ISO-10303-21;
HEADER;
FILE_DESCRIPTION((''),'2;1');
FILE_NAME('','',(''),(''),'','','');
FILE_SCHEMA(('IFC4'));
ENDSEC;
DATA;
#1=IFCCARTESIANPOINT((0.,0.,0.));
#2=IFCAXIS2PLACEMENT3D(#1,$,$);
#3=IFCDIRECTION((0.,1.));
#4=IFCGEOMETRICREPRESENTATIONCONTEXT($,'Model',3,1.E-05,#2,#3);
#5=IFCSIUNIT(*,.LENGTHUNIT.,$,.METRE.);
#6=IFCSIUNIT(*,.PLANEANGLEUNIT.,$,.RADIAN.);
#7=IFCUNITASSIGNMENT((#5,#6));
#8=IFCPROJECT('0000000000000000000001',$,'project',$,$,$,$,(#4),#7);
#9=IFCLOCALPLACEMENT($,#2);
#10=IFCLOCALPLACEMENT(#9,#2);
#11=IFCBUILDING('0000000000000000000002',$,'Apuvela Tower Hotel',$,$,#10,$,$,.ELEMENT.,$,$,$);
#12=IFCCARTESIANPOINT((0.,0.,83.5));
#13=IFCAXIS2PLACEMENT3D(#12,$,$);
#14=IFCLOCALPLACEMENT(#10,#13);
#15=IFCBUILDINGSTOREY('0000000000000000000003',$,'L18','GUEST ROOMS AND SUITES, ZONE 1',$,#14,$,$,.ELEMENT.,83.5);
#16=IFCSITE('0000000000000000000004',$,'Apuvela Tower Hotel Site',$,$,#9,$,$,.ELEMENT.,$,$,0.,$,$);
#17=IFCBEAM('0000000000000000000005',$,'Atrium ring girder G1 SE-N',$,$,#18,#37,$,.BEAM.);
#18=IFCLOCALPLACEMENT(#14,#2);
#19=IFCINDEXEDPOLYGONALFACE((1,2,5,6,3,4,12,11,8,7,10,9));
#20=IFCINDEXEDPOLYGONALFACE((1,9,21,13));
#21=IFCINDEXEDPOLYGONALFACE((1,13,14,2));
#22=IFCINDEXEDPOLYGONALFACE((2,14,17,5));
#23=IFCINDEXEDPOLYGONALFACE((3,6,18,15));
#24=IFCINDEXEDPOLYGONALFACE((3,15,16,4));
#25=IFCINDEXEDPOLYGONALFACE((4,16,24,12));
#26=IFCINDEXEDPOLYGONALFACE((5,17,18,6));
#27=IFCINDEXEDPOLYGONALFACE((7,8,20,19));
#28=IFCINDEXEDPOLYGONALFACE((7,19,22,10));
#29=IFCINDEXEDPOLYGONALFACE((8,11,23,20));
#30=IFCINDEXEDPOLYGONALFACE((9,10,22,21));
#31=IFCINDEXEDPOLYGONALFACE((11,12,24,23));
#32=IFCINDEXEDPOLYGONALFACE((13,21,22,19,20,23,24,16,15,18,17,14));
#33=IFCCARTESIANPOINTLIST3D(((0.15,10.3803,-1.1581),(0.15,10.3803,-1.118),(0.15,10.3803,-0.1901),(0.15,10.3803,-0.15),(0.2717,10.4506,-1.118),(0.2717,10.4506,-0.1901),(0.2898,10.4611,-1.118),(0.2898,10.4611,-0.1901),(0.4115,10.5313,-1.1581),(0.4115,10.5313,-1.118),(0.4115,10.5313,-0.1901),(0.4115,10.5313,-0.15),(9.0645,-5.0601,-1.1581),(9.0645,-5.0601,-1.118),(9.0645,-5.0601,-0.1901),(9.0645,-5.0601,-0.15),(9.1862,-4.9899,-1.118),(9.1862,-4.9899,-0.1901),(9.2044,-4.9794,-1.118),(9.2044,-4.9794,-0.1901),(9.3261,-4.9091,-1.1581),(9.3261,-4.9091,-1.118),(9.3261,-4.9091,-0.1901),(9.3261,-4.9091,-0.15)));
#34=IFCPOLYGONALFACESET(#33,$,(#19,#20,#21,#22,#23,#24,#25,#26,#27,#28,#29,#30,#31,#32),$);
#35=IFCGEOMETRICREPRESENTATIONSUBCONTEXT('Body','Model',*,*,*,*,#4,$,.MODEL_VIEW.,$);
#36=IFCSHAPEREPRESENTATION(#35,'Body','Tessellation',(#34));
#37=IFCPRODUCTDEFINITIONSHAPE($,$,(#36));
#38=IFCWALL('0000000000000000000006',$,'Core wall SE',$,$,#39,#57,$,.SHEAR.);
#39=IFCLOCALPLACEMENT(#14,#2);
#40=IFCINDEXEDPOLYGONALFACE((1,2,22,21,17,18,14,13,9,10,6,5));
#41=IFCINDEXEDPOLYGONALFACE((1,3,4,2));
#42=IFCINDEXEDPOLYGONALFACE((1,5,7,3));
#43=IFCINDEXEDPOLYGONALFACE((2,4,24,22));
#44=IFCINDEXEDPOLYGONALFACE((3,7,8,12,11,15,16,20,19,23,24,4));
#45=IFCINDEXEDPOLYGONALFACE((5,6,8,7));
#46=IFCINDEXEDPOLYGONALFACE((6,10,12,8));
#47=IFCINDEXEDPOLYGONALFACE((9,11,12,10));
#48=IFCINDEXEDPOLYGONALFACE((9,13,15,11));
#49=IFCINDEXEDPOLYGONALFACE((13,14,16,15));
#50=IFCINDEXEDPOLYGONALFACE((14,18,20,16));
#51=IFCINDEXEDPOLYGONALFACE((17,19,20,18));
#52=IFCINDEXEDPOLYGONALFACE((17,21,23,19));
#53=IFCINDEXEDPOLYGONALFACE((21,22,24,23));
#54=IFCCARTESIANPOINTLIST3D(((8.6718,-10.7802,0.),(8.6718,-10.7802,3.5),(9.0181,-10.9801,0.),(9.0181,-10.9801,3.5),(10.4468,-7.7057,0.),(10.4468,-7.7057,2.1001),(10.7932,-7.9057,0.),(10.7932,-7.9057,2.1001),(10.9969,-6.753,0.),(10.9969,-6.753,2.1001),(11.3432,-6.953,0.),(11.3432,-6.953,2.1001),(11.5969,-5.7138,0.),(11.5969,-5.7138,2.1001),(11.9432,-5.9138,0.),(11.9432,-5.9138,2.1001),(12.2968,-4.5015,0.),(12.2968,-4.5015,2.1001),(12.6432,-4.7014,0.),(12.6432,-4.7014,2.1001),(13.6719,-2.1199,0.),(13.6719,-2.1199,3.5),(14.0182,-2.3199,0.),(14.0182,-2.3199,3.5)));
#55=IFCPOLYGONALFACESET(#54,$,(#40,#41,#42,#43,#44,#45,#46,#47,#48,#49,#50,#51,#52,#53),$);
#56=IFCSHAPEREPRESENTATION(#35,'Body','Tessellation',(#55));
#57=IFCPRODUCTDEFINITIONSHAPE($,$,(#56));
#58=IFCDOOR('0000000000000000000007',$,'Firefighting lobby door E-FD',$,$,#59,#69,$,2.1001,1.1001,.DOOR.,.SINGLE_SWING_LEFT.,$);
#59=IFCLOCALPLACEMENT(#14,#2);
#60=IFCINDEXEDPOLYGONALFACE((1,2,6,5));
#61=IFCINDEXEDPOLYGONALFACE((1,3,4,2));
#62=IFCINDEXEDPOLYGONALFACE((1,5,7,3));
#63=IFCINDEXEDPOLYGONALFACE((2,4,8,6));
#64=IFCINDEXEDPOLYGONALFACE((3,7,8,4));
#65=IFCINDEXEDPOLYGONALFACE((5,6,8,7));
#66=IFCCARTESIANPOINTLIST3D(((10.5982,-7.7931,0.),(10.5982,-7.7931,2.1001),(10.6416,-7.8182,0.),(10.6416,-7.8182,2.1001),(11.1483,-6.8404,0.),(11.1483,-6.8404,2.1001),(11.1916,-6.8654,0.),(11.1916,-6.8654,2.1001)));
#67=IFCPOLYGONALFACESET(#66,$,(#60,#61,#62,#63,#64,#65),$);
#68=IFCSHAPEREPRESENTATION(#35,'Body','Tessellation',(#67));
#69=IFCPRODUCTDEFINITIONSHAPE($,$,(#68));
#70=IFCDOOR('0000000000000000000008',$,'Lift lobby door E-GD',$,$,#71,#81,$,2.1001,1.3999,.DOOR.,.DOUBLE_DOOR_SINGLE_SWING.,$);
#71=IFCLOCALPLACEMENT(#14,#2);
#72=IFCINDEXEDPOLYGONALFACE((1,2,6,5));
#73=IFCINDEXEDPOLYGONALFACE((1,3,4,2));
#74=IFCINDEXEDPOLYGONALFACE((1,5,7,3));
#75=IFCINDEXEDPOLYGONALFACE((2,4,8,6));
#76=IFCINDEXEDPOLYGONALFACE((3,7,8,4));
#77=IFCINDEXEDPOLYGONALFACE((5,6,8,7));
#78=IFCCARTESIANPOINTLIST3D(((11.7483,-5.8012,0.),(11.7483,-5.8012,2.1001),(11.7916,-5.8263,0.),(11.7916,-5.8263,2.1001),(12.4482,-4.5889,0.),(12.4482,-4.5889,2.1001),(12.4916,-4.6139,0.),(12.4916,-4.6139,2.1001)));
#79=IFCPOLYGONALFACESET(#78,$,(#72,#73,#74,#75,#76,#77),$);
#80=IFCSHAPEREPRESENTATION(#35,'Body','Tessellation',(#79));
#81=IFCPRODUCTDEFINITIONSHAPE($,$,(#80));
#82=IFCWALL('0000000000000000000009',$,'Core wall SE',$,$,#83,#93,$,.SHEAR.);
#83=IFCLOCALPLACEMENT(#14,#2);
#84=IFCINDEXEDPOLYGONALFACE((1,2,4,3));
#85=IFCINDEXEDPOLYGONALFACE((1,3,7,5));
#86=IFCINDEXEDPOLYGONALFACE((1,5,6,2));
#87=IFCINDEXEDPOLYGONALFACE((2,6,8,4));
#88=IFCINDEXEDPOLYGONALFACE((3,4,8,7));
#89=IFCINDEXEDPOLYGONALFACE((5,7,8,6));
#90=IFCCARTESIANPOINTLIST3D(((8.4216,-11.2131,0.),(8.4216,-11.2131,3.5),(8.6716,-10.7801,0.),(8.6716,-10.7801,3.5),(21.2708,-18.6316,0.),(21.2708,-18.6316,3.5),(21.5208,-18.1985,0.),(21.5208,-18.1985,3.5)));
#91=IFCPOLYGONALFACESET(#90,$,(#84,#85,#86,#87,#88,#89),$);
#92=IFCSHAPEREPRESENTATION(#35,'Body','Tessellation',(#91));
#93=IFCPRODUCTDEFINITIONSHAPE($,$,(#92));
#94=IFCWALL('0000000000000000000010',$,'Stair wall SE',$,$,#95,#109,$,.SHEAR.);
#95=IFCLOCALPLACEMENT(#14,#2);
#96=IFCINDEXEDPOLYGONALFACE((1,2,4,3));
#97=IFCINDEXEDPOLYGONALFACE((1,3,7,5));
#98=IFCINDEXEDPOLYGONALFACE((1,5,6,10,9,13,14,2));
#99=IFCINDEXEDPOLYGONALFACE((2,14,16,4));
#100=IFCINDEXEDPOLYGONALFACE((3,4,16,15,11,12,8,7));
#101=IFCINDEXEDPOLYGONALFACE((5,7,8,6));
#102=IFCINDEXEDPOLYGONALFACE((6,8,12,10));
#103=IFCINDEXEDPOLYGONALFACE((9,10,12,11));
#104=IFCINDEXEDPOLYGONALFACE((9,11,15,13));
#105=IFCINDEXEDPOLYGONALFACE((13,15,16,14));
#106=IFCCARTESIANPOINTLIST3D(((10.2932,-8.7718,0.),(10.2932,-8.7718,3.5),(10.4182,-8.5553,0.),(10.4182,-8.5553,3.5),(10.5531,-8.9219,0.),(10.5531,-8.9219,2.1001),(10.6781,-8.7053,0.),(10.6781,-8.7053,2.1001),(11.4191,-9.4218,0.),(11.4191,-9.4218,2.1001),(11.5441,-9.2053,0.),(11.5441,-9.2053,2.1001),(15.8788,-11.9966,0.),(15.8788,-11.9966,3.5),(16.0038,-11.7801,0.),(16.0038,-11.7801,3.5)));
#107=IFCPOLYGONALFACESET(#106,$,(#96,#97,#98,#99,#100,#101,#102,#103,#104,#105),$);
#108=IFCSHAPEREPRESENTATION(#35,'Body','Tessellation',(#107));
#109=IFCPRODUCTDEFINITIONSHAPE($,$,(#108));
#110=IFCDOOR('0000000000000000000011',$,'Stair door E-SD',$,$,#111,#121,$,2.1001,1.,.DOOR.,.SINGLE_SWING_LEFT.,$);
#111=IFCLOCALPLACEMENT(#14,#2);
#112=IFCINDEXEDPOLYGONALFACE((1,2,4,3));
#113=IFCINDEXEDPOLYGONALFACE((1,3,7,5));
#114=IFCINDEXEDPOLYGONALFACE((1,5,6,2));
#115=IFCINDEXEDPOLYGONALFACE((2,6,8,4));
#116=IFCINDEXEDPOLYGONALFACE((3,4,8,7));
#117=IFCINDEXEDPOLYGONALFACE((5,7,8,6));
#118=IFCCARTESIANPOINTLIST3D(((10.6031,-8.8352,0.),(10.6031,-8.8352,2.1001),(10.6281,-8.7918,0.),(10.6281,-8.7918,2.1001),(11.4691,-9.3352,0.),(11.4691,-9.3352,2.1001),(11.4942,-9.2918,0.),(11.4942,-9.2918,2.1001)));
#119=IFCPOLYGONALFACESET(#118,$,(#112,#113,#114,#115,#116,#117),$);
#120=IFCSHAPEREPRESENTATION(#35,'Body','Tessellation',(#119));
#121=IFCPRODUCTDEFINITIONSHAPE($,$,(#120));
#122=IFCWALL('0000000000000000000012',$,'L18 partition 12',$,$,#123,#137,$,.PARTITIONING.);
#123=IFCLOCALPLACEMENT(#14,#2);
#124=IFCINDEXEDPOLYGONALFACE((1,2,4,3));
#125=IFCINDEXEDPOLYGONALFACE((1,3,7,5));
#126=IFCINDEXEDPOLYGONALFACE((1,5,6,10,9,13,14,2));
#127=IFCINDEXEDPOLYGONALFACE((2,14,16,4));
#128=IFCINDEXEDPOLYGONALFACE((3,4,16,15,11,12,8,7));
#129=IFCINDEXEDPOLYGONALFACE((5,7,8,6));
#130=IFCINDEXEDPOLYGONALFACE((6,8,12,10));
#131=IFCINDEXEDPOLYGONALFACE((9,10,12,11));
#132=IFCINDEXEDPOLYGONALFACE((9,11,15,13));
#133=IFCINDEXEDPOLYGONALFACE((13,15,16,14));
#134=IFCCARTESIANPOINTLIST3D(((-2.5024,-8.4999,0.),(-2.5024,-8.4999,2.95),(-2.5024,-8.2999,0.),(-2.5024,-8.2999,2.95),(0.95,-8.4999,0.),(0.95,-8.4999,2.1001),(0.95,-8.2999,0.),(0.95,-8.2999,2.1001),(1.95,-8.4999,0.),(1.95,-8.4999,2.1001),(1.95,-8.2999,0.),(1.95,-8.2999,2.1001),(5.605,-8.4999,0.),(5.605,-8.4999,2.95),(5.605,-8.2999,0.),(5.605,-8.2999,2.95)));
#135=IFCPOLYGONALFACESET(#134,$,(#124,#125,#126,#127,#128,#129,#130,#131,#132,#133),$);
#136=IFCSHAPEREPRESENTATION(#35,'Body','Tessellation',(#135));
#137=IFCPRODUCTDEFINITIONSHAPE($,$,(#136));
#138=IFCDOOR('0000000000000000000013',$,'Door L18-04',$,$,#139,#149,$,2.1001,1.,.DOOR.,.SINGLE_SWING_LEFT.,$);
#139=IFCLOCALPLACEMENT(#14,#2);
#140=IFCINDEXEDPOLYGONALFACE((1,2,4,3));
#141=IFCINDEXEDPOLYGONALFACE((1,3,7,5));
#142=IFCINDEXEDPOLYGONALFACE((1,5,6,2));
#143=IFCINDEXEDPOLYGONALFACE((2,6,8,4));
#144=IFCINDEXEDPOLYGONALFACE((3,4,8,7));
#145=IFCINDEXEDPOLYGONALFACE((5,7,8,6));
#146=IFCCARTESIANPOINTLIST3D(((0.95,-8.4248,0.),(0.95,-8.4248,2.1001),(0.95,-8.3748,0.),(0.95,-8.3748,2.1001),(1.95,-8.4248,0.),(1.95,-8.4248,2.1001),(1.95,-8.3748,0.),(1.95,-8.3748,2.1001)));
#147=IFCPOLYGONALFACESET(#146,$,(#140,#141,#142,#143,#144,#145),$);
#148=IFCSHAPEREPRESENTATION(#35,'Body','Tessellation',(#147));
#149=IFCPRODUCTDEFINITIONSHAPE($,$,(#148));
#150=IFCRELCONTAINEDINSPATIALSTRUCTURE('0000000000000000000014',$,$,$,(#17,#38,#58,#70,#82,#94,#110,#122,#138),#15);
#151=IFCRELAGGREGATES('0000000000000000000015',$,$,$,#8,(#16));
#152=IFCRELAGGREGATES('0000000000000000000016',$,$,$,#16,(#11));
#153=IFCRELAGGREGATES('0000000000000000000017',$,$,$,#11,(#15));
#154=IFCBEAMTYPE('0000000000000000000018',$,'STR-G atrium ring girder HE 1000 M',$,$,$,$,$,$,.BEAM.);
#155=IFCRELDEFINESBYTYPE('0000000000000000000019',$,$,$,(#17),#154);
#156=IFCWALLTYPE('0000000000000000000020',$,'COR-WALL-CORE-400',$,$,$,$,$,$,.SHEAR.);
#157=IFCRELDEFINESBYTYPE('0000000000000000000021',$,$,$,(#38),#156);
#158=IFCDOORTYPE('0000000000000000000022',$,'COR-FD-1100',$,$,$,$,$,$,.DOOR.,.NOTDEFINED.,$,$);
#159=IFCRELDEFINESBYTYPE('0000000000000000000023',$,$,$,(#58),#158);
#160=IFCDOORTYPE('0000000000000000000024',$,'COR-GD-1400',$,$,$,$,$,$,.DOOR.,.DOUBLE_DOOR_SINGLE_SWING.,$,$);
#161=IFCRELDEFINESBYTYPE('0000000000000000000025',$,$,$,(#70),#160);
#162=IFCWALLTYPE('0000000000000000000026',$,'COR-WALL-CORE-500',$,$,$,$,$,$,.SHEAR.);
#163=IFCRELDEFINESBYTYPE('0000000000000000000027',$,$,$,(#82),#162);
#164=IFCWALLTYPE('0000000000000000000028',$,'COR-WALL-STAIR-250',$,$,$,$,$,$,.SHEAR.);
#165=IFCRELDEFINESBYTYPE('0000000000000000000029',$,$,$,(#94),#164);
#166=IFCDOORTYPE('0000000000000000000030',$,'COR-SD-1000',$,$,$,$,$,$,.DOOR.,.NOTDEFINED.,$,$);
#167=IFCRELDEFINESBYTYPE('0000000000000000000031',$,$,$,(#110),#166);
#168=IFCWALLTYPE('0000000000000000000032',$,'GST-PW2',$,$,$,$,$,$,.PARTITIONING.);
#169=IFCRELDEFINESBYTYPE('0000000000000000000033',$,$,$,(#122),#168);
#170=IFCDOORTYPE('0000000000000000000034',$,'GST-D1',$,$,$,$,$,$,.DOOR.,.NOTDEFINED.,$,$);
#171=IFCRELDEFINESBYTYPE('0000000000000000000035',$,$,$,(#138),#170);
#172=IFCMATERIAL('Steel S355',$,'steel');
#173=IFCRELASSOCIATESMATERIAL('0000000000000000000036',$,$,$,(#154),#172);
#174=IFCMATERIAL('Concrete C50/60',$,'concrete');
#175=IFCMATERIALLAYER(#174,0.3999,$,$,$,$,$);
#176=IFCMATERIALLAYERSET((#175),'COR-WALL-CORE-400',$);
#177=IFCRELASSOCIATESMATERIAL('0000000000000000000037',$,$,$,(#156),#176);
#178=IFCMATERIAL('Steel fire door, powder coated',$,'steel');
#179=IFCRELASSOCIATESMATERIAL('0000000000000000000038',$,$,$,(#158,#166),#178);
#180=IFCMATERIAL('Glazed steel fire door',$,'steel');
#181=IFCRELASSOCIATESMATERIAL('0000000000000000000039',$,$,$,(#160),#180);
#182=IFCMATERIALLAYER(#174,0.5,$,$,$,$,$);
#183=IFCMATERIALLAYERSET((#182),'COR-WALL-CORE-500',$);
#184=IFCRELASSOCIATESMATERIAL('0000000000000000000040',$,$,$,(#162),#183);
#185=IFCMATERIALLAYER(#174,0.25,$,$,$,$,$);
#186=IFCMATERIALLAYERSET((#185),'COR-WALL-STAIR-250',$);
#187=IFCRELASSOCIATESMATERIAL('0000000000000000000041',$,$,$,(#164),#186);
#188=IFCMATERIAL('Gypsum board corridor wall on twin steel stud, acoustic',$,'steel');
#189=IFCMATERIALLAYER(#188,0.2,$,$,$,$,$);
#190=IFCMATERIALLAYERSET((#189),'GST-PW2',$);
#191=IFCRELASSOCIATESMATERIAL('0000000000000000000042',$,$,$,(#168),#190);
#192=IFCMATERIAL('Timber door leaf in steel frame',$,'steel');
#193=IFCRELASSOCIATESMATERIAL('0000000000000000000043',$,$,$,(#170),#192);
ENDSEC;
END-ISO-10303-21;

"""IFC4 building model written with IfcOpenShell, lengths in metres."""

from ifc_helpers import new_model, si_unit, direction, frame, frame_2d, origin, origin_2d, place, context, subcontext, project, spatial, rectangle, i_section, extrude, material, layer, layer_set, material_profile, profile_set, type_object, element, fill, save


model = new_model("IFC4")

# Units and contexts
model_context = context("Model", 3, precision=1e-05, world=origin(), true_north=direction((0.0, 1.0)))
body_context = subcontext(model_context, "Body", "Model", "MODEL_VIEW")
ifc_project = project(units=[si_unit("LENGTHUNIT", "METRE"), si_unit("PLANEANGLEUNIT", "RADIAN")], contexts=[model_context])

# Site, building, storey
site_placement = place(None, origin())
site = spatial("IfcSite", under=ifc_project, at=site_placement, Name="Apuvela Tower Hotel Site", CompositionType="ELEMENT", RefElevation=0.0)
building_placement = place(site_placement, origin())
building = spatial("IfcBuilding", under=site, at=building_placement, Name="Apuvela Tower Hotel", CompositionType="ELEMENT")
storey_placement = place(building_placement, frame((0.0, 0.0, 83.5)))
storey = spatial("IfcBuildingStorey", under=building, at=storey_placement, Name="L18", Description="GUEST ROOMS AND SUITES, ZONE 1", CompositionType="ELEMENT", Elevation=83.5)

# Beam
ifc_material_1 = material(Name="Steel S355", Category="steel")
ifc_material_profile = material_profile(ifc_material_1, i_section(OverallWidth=0.302, OverallDepth=1.0081, WebThickness=0.021, FlangeThickness=0.04, at=origin_2d()), Name="HE 1000 M")
ifc_profile_set = profile_set([ifc_material_profile], Name="Steel S355")
beam_type = type_object("IfcBeamType", Name="STR-G atrium ring girder HE 1000 M", PredefinedType="BEAM", material=ifc_profile_set)
beam_placement = place(storey_placement, frame((9.1953, -4.9846, -0.6541), z_axis=(-0.500001, 0.866025, 0.0), x_axis=(-0.866025, -0.500001, 0.0)))
element("IfcBeam", 1, at=beam_placement, inside=storey, type_object=beam_type, Name="Atrium ring girder G1 SE-N", PredefinedType="BEAM", context=body_context, shape_type="SweptSolid", body=[
    extrude(i_section(OverallWidth=0.302, OverallDepth=1.0081, WebThickness=0.021, FlangeThickness=0.04, at=origin_2d()), origin(), (0.0, 0.0, 1.0), 17.8291),
])

# Wall, openings, doors
ifc_material_2 = material(Name="Concrete C50/60", Category="concrete")
ifc_layer_1 = layer(ifc_material_2, 0.3999)
ifc_layer_set_1 = layer_set([ifc_layer_1], Name="COR-WALL-CORE-400")
wall_type_1 = type_object("IfcWallType", Name="COR-WALL-CORE-400", PredefinedType="SHEAR", material=ifc_layer_set_1)
wall_1_placement = place(storey_placement, frame((8.845, -10.8801, 0.0), z_axis=(0.0, 0.0, 1.0), x_axis=(0.500004, 0.866023, 0.0)))
wall_1 = element("IfcWall", 2, at=wall_1_placement, inside=storey, type_object=wall_type_1, Name="Core wall SE", PredefinedType="SHEAR", context=body_context, shape_type="SweptSolid", body=[
    extrude(rectangle(XDim=10.0, YDim=0.3999, at=frame_2d((5.0, 0.0))), origin(), (0.0, 0.0, 1.0), 3.5),
])
opening_1_placement = place(wall_1_placement, frame((3.55, 0.0, 0.0)))
opening_1 = element("IfcOpeningElement", 3, at=opening_1_placement, cuts=wall_1, PredefinedType="OPENING", context=body_context, shape_type="SweptSolid", body=[
    extrude(rectangle(XDim=1.1001, YDim=2.1001, at=frame_2d((0.55, 1.05))), frame((0.0, 0.21, 0.0), z_axis=(0.0, -1.0, 0.0), x_axis=(1.0, 0.0, 0.0)), (0.0, 0.0, 1.0), 0.4199),
])
opening_2_placement = place(wall_1_placement, frame((5.8501, 0.0, 0.0)))
opening_2 = element("IfcOpeningElement", 4, at=opening_2_placement, cuts=wall_1, PredefinedType="OPENING", context=body_context, shape_type="SweptSolid", body=[
    extrude(rectangle(XDim=1.3999, YDim=2.1001, at=frame_2d((0.7, 1.05))), frame((0.0, 0.21, 0.0), z_axis=(0.0, -1.0, 0.0), x_axis=(1.0, 0.0, 0.0)), (0.0, 0.0, 1.0), 0.4199),
])
ifc_material_3 = material(Name="Steel fire door, powder coated", Category="steel")
door_type_1 = type_object("IfcDoorType", Name="COR-FD-1100", OperationType="NOTDEFINED", PredefinedType="DOOR", material=ifc_material_3)
door_1_placement = place(opening_1_placement, frame((1.1001, 0.0, 0.0), z_axis=(0.0, 0.0, 1.0), x_axis=(-1.0, 0.0, 0.0)))
door_1 = element("IfcDoor", 5, at=door_1_placement, inside=storey, type_object=door_type_1, Name="Firefighting lobby door E-FD", OperationType="SINGLE_SWING_LEFT", OverallHeight=2.1001, OverallWidth=1.1001, PredefinedType="DOOR", context=body_context, shape_type="SweptSolid", body=[
    extrude(rectangle(XDim=1.1001, YDim=2.1001, at=frame_2d((0.55, 1.05))), frame((0.0, 0.0249, 0.0), z_axis=(0.0, -1.0, 0.0), x_axis=(1.0, 0.0, 0.0)), (0.0, 0.0, 1.0), 0.05),
])
fill(opening_1, door_1)
ifc_material_4 = material(Name="Glazed steel fire door", Category="steel")
door_type_2 = type_object("IfcDoorType", Name="COR-GD-1400", OperationType="DOUBLE_DOOR_SINGLE_SWING", PredefinedType="DOOR", material=ifc_material_4)
door_2_placement = place(opening_2_placement, frame((1.3999, 0.0, 0.0), z_axis=(0.0, 0.0, 1.0), x_axis=(-1.0, 0.0, 0.0)))
door_2 = element("IfcDoor", 6, at=door_2_placement, inside=storey, type_object=door_type_2, Name="Lift lobby door E-GD", OperationType="DOUBLE_DOOR_SINGLE_SWING", OverallHeight=2.1001, OverallWidth=1.3999, PredefinedType="DOOR", context=body_context, shape_type="SweptSolid", body=[
    extrude(rectangle(XDim=1.3999, YDim=2.1001, at=frame_2d((0.7, 1.05))), frame((0.0, 0.0249, 0.0), z_axis=(0.0, -1.0, 0.0), x_axis=(1.0, 0.0, 0.0)), (0.0, 0.0, 1.0), 0.05),
])
fill(opening_2, door_2)

# Wall
ifc_layer_2 = layer(ifc_material_2, 0.5)
ifc_layer_set_2 = layer_set([ifc_layer_2], Name="COR-WALL-CORE-500")
wall_type_2 = type_object("IfcWallType", Name="COR-WALL-CORE-500", PredefinedType="SHEAR", material=ifc_layer_set_2)
wall_2_placement = place(storey_placement, frame((8.5466, -10.9966, 0.0), z_axis=(0.0, 0.0, 1.0), x_axis=(0.866025, -0.500001, 0.0)))
element("IfcWall", 7, at=wall_2_placement, inside=storey, type_object=wall_type_2, Name="Core wall SE", PredefinedType="SHEAR", context=body_context, shape_type="SweptSolid", body=[
    extrude(rectangle(XDim=14.8369, YDim=0.5, at=frame_2d((7.4185, 0.0))), origin(), (0.0, 0.0, 1.0), 3.5),
])

# Walls, openings, doors
ifc_layer_3 = layer(ifc_material_2, 0.25)
ifc_layer_set_3 = layer_set([ifc_layer_3], Name="COR-WALL-STAIR-250")
wall_type_3 = type_object("IfcWallType", Name="COR-WALL-STAIR-250", PredefinedType="SHEAR", material=ifc_layer_set_3)
wall_3_placement = place(storey_placement, frame((10.3557, -8.6636, 0.0), z_axis=(0.0, 0.0, 1.0), x_axis=(0.866029, -0.499994, 0.0)))
wall_3 = element("IfcWall", 8, at=wall_3_placement, inside=storey, type_object=wall_type_3, Name="Stair wall SE", PredefinedType="SHEAR", context=body_context, shape_type="SweptSolid", body=[
    extrude(rectangle(XDim=6.4497, YDim=0.25, at=frame_2d((3.2249, 0.0))), origin(), (0.0, 0.0, 1.0), 3.5),
])
opening_3_placement = place(wall_3_placement, frame((0.3, 0.0, 0.0)))
opening_3 = element("IfcOpeningElement", 9, at=opening_3_placement, cuts=wall_3, PredefinedType="OPENING", context=body_context, shape_type="SweptSolid", body=[
    extrude(rectangle(XDim=1.0, YDim=2.1001, at=frame_2d((0.5, 1.05))), frame((0.0, 0.135, 0.0), z_axis=(0.0, -1.0, 0.0), x_axis=(1.0, 0.0, 0.0)), (0.0, 0.0, 1.0), 0.27),
])
door_type_3 = type_object("IfcDoorType", Name="COR-SD-1000", OperationType="NOTDEFINED", PredefinedType="DOOR", material=ifc_material_3)
door_3_placement = place(opening_3_placement, frame((1.0, 0.0, 0.0), z_axis=(0.0, 0.0, 1.0), x_axis=(-1.0, 0.0, 0.0)))
door_3 = element("IfcDoor", 10, at=door_3_placement, inside=storey, type_object=door_type_3, Name="Stair door E-SD", OperationType="SINGLE_SWING_LEFT", OverallHeight=2.1001, OverallWidth=1.0, PredefinedType="DOOR", context=body_context, shape_type="SweptSolid", body=[
    extrude(rectangle(XDim=1.0, YDim=2.1001, at=frame_2d((0.5, 1.05))), frame((0.0, 0.0249, 0.0), z_axis=(0.0, -1.0, 0.0), x_axis=(1.0, 0.0, 0.0)), (0.0, 0.0, 1.0), 0.05),
])
fill(opening_3, door_3)
ifc_material_5 = material(Name="Gypsum board corridor wall on twin steel stud, acoustic", Category="steel")
ifc_layer_4 = layer(ifc_material_5, 0.2)
ifc_layer_set_4 = layer_set([ifc_layer_4], Name="GST-PW2")
wall_type_4 = type_object("IfcWallType", Name="GST-PW2", PredefinedType="PARTITIONING", material=ifc_layer_set_4)
wall_4_placement = place(storey_placement, frame((5.605, -8.3999, 0.0), z_axis=(0.0, 0.0, 1.0), x_axis=(-1.0, 0.0, 0.0)))
wall_4 = element("IfcWall", 11, at=wall_4_placement, inside=storey, type_object=wall_type_4, Name="L18 partition 12", PredefinedType="PARTITIONING", context=body_context, shape_type="SweptSolid", body=[
    extrude(rectangle(XDim=8.1074, YDim=0.2, at=frame_2d((4.0537, 0.0))), origin(), (0.0, 0.0, 1.0), 2.95),
])
opening_4_placement = place(wall_4_placement, frame((3.655, 0.0, 0.0)))
opening_4 = element("IfcOpeningElement", 12, at=opening_4_placement, cuts=wall_4, PredefinedType="OPENING", context=body_context, shape_type="SweptSolid", body=[
    extrude(rectangle(XDim=1.0, YDim=2.1001, at=frame_2d((0.5, 1.05))), frame((0.0, 0.1099, 0.0), z_axis=(0.0, -1.0, 0.0), x_axis=(1.0, 0.0, 0.0)), (0.0, 0.0, 1.0), 0.22),
])
ifc_material_6 = material(Name="Timber door leaf in steel frame", Category="steel")
door_type_4 = type_object("IfcDoorType", Name="GST-D1", OperationType="NOTDEFINED", PredefinedType="DOOR", material=ifc_material_6)
door_4_placement = place(opening_4_placement, origin())
door_4 = element("IfcDoor", 13, at=door_4_placement, inside=storey, type_object=door_type_4, Name="Door L18-04", OperationType="SINGLE_SWING_LEFT", OverallHeight=2.1001, OverallWidth=1.0, PredefinedType="DOOR", context=body_context, shape_type="SweptSolid", body=[
    extrude(rectangle(XDim=1.0, YDim=2.1001, at=frame_2d((0.5, 1.05))), frame((0.0, 0.0249, 0.0), z_axis=(0.0, -1.0, 0.0), x_axis=(1.0, 0.0, 0.0)), (0.0, 0.0, 1.0), 0.05),
])
fill(opening_4, door_4)

save(model, "model.ifc")
